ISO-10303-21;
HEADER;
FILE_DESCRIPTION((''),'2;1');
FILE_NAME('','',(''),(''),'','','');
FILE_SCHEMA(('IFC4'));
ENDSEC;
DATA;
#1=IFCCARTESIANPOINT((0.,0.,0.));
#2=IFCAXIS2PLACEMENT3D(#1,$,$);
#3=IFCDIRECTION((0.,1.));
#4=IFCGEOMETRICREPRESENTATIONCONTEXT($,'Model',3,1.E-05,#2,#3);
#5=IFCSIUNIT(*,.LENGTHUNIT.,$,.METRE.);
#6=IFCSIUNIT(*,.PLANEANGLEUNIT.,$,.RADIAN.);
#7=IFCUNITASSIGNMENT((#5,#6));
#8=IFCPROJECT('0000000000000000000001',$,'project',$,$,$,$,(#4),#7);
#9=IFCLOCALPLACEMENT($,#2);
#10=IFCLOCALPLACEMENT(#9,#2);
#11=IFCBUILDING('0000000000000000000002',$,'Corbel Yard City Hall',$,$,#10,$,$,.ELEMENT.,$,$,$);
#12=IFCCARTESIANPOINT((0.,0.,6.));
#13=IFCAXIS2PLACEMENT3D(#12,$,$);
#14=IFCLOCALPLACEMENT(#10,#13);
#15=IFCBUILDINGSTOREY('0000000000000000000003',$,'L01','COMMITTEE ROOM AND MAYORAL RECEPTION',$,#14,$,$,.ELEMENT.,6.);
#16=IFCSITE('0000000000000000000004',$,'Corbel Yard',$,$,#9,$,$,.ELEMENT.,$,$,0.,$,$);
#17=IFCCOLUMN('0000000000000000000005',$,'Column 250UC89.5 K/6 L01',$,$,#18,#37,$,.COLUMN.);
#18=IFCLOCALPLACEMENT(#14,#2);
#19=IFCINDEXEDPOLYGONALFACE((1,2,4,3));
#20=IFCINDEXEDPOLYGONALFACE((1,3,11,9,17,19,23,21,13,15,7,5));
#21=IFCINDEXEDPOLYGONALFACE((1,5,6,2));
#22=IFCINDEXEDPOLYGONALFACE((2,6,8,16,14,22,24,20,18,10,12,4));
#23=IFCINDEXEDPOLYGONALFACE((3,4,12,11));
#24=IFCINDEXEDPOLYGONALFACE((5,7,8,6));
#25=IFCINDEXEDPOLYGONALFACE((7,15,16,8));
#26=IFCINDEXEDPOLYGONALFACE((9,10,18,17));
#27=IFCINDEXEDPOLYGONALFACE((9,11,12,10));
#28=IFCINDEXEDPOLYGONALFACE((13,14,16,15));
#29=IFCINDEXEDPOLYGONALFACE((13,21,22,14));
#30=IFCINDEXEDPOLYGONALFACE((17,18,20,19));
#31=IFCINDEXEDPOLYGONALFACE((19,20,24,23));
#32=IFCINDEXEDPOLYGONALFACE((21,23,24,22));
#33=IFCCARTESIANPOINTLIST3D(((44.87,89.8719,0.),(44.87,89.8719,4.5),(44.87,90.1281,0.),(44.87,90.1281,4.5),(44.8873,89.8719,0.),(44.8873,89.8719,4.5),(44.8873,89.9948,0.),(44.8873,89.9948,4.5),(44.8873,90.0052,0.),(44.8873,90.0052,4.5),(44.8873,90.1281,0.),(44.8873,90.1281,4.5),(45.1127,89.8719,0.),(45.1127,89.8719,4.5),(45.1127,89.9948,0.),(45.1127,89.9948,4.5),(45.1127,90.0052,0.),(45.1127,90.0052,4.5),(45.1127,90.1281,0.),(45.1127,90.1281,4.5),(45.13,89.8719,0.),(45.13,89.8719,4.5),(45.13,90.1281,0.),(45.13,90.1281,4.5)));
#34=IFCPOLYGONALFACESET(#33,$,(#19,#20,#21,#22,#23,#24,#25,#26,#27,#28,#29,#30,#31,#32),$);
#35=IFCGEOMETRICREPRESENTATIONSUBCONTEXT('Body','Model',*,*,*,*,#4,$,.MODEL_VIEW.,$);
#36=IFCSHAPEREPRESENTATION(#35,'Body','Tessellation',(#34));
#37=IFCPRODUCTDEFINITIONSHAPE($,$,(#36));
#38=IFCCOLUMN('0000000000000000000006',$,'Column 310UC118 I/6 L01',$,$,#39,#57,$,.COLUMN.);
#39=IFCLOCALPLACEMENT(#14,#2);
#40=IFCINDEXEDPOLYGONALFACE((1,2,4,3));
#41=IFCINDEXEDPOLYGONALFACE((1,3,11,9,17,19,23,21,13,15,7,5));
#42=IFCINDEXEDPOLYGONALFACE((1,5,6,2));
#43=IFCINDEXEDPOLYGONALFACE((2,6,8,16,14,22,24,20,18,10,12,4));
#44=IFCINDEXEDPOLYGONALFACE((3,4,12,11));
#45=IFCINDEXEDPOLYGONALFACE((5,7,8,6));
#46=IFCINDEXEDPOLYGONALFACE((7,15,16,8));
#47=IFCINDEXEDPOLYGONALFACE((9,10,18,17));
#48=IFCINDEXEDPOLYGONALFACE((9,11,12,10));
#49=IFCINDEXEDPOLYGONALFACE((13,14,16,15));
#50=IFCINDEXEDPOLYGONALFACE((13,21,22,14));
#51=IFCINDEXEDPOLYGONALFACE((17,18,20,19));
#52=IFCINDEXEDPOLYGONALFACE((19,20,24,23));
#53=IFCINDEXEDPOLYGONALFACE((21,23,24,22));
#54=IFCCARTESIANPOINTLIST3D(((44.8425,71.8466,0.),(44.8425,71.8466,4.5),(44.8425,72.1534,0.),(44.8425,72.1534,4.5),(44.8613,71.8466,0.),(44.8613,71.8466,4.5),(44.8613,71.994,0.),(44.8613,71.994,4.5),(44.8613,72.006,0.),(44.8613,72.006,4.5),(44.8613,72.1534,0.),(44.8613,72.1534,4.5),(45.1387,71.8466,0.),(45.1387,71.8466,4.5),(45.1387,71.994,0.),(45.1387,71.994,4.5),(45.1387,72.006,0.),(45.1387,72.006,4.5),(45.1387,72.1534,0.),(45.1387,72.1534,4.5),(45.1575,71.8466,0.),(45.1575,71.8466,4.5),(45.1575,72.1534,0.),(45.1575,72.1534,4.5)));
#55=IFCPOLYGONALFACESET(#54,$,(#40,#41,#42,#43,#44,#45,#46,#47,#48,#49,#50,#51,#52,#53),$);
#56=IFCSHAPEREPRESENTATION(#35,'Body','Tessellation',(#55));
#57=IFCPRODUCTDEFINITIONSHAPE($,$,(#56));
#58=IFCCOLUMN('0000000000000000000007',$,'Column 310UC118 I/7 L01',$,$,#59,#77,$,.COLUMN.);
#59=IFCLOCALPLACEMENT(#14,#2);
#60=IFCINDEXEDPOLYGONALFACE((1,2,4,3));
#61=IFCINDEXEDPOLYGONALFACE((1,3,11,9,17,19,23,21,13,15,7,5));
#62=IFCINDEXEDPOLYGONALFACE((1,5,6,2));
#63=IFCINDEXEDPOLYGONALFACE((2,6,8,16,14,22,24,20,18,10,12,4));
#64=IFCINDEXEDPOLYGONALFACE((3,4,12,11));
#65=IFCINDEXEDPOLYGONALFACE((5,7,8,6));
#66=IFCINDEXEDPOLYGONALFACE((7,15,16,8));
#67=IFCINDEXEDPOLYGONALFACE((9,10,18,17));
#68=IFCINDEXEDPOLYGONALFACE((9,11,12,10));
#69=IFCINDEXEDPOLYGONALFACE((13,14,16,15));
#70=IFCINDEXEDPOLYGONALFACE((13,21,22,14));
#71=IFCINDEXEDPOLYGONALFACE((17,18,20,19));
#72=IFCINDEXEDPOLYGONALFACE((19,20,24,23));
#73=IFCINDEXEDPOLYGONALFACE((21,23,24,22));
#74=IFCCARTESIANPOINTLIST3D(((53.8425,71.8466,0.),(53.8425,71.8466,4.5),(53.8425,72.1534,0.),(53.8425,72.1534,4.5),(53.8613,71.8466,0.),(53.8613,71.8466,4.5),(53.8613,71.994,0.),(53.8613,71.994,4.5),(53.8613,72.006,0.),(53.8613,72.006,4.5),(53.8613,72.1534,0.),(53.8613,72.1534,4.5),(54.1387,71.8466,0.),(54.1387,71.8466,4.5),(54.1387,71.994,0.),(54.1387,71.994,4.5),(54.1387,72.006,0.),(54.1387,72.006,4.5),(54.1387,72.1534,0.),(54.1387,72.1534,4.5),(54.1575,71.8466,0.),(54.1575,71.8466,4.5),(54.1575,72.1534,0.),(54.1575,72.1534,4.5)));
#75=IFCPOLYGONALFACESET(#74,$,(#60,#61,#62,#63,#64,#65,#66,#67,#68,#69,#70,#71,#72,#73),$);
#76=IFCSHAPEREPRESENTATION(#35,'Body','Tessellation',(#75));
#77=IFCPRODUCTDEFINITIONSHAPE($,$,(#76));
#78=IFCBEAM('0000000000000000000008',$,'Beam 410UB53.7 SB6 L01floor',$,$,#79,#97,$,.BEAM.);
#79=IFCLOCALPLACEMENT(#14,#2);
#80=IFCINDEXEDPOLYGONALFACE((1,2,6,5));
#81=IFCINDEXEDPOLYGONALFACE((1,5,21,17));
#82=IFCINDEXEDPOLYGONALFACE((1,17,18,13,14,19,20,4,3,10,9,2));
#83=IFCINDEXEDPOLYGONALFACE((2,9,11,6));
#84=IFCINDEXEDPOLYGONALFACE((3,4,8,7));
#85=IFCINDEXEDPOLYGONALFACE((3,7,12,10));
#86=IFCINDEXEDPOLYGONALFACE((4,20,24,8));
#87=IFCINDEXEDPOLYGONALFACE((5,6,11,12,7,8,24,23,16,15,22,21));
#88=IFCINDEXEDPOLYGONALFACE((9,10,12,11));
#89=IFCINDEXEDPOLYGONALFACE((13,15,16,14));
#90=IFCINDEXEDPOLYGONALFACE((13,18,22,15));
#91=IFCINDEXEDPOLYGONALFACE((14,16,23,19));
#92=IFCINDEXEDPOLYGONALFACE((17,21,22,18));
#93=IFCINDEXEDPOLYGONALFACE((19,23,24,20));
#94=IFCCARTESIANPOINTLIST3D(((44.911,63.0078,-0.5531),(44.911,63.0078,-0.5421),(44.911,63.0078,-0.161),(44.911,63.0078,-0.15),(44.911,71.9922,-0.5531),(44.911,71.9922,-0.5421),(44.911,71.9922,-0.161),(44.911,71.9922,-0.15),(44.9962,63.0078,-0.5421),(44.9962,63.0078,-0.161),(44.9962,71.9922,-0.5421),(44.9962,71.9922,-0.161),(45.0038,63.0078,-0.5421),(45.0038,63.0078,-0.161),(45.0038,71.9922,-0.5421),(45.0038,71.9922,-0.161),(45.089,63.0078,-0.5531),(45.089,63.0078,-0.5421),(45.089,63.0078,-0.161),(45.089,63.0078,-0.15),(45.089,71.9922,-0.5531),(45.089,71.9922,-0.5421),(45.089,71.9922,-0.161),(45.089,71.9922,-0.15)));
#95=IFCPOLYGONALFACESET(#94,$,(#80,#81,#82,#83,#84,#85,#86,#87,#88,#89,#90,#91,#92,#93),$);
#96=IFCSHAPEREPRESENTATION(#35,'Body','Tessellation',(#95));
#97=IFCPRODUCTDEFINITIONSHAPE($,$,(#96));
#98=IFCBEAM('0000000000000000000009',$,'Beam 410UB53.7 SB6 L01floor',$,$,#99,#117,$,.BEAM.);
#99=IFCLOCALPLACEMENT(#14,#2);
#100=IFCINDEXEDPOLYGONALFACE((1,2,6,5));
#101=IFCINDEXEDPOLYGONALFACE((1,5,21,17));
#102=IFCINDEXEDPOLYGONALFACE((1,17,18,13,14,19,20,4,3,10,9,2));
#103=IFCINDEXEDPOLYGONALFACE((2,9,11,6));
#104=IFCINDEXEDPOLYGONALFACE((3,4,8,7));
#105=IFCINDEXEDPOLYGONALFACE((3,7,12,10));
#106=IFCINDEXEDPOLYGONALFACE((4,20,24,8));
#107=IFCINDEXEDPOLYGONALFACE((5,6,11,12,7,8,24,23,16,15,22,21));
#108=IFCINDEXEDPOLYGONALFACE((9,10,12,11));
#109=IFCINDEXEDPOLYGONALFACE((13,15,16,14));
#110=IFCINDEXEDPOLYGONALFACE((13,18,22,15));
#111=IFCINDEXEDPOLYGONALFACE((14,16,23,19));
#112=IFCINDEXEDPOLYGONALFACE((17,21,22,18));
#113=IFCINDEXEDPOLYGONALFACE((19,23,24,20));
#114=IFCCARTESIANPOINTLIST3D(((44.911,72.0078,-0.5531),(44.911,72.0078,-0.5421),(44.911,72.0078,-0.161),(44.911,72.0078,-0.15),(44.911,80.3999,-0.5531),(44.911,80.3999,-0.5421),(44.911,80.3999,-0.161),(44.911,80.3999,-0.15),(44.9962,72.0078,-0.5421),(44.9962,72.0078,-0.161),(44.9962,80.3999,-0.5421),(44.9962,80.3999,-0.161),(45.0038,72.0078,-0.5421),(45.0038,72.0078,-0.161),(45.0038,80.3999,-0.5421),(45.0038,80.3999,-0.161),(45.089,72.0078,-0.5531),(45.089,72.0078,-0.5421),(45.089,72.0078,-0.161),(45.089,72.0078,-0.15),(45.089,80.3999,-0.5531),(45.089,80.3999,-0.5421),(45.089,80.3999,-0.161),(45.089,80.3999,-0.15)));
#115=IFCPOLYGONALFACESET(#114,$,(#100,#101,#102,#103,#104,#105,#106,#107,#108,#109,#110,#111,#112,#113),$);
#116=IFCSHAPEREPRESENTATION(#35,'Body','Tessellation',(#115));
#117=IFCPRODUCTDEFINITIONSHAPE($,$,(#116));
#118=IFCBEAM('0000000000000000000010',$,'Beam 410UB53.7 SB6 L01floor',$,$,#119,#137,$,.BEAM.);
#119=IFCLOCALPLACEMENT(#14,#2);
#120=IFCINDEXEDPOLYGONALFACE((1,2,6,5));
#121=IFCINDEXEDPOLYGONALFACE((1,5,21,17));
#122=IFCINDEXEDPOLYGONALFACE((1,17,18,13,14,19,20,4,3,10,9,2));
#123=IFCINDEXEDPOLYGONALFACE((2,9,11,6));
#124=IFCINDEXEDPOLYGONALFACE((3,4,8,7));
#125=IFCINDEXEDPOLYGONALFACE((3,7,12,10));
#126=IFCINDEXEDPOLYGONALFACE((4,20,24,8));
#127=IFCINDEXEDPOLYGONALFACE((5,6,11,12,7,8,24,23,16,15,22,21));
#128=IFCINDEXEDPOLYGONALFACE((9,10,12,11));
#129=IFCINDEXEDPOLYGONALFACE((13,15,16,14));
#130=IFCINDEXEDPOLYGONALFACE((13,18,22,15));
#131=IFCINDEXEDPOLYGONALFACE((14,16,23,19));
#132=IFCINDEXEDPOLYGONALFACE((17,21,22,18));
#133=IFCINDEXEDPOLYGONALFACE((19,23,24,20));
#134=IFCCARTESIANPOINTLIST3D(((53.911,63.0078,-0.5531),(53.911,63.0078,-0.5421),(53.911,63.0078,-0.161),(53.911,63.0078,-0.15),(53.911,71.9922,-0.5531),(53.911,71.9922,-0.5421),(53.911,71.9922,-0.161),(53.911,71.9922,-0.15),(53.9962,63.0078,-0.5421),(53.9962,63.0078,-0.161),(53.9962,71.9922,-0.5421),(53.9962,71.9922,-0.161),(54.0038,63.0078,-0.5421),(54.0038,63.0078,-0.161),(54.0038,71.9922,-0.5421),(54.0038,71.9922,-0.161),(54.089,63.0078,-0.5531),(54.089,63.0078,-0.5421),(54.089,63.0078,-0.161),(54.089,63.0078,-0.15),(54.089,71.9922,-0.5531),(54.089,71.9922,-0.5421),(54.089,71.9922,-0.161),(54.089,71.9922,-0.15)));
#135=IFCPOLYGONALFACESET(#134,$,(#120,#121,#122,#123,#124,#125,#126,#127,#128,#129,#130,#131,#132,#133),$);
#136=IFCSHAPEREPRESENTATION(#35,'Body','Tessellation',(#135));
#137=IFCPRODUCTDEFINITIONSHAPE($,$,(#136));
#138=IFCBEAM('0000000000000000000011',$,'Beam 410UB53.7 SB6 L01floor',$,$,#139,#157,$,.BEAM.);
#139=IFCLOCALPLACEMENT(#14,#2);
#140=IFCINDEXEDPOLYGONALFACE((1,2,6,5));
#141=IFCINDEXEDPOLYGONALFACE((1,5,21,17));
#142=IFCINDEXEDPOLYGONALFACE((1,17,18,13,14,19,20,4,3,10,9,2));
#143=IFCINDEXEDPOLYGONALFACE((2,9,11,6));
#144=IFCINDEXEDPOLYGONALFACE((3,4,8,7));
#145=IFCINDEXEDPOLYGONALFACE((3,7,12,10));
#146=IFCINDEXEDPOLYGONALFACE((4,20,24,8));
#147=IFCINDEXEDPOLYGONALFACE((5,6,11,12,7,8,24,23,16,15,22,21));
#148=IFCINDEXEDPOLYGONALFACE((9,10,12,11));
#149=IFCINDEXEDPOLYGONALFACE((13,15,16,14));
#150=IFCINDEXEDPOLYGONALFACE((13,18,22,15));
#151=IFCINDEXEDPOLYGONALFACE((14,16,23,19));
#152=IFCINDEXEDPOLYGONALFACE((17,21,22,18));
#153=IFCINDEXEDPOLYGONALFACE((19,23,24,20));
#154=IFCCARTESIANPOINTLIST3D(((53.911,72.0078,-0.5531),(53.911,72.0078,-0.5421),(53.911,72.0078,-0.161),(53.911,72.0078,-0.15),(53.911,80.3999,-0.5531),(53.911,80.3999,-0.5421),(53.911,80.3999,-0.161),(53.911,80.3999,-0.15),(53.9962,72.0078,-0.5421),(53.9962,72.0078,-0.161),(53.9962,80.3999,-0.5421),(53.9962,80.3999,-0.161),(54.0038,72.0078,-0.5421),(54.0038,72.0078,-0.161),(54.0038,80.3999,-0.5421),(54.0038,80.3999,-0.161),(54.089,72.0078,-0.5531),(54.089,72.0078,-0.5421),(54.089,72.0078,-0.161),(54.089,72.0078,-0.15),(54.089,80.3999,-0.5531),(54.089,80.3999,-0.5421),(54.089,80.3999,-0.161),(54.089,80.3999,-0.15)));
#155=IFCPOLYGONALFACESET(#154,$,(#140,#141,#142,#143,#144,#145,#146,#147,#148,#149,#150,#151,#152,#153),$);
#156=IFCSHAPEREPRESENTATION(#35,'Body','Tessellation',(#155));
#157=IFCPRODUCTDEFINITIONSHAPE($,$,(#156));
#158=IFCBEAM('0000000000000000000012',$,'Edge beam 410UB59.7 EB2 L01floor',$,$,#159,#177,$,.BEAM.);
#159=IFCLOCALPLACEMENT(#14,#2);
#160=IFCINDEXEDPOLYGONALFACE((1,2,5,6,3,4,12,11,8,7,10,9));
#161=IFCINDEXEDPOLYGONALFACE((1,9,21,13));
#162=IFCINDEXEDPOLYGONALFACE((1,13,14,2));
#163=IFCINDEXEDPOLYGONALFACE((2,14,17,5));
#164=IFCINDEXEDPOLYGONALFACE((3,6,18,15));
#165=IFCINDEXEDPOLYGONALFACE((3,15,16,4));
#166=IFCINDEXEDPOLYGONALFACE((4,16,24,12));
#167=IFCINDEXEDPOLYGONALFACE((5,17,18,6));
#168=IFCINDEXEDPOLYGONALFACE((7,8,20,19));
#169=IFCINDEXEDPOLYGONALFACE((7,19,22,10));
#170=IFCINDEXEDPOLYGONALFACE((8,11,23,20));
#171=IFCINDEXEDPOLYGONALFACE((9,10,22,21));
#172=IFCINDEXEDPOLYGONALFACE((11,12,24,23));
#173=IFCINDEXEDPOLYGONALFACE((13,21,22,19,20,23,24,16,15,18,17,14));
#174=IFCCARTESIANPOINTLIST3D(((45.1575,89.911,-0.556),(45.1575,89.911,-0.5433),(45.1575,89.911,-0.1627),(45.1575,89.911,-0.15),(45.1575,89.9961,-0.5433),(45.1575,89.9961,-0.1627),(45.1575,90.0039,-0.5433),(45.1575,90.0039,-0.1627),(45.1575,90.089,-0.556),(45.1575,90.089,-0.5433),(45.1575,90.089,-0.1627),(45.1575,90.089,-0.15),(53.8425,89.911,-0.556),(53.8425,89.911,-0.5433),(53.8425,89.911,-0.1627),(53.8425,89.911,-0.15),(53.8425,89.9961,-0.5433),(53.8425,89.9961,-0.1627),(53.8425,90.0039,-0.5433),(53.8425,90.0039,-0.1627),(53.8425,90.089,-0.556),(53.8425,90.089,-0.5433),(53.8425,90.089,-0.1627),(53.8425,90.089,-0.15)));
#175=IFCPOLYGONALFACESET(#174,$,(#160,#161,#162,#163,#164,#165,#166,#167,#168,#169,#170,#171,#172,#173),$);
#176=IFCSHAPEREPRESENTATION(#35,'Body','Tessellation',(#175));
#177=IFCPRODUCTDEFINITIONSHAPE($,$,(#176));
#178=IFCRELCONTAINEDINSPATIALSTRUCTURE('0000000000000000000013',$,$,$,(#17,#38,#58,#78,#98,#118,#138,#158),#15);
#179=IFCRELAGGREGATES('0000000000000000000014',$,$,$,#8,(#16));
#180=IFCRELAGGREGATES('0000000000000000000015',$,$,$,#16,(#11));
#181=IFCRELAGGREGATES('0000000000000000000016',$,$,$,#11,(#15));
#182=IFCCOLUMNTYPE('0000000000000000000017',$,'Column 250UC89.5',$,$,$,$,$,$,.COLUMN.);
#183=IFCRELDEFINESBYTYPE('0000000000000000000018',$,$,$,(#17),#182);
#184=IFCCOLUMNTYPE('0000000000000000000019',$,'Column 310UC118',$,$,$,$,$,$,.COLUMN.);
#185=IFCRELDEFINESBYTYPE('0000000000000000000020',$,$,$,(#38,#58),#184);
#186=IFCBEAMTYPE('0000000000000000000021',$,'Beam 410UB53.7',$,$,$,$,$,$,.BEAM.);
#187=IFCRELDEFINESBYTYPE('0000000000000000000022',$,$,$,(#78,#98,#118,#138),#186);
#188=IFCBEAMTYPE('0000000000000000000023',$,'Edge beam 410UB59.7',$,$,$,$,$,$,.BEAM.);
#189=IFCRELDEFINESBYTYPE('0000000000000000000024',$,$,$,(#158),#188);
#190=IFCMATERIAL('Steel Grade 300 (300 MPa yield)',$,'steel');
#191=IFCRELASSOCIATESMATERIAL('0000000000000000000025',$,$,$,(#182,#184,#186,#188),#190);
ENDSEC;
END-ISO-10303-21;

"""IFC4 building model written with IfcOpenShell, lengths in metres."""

from ifc_helpers import new_model, si_unit, direction, frame, origin, origin_2d, place, context, subcontext, project, spatial, i_section, extrude, material, material_profile, profile_set, type_object, element, save


model = new_model("IFC4")

# Units and contexts
model_context = context("Model", 3, precision=1e-05, world=origin(), true_north=direction((0.0, 1.0)))
body_context = subcontext(model_context, "Body", "Model", "MODEL_VIEW")
ifc_project = project(units=[si_unit("LENGTHUNIT", "METRE"), si_unit("PLANEANGLEUNIT", "RADIAN")], contexts=[model_context])

# Site, building, storey
site_placement = place(None, origin())
site = spatial("IfcSite", under=ifc_project, at=site_placement, Name="Corbel Yard", CompositionType="ELEMENT", RefElevation=0.0)
building_placement = place(site_placement, origin())
building = spatial("IfcBuilding", under=site, at=building_placement, Name="Corbel Yard City Hall", CompositionType="ELEMENT")
storey_placement = place(building_placement, frame((0.0, 0.0, 6.0)))
storey = spatial("IfcBuildingStorey", under=building, at=storey_placement, Name="L01", Description="COMMITTEE ROOM AND MAYORAL RECEPTION", CompositionType="ELEMENT", Elevation=6.0)

# Columns
ifc_material_1 = material(Name="Steel Grade 300 (300 MPa yield)", Category="steel")
ifc_material_profile_1 = material_profile(ifc_material_1, i_section(OverallWidth=0.2561, OverallDepth=0.26, WebThickness=0.0105, FlangeThickness=0.0173, at=origin_2d()), Name="250UC89.5")
ifc_profile_set_1 = profile_set([ifc_material_profile_1], Name="Steel Grade 300 (300 MPa yield)")
column_type_1 = type_object("IfcColumnType", Name="Column 250UC89.5", PredefinedType="COLUMN", material=ifc_profile_set_1)
column_placement = place(storey_placement, frame((45.0, 90.0, 0.0), z_axis=(0.0, 0.0, 1.0), x_axis=(0.0, 1.0, 0.0)))
element("IfcColumn", 1, at=column_placement, inside=storey, type_object=column_type_1, Name="Column 250UC89.5 K/6 L01", PredefinedType="COLUMN", context=body_context, shape_type="SweptSolid", body=[
    extrude(i_section(OverallWidth=0.2561, OverallDepth=0.26, WebThickness=0.0105, FlangeThickness=0.0173, at=origin_2d()), origin(), (0.0, 0.0, 1.0), 4.5),
])
ifc_material_profile_2 = material_profile(ifc_material_1, i_section(OverallWidth=0.3069, OverallDepth=0.3149, WebThickness=0.012, FlangeThickness=0.0188, at=origin_2d()), Name="310UC118")
ifc_profile_set_2 = profile_set([ifc_material_profile_2], Name="Steel Grade 300 (300 MPa yield)")
column_type_2 = type_object("IfcColumnType", Name="Column 310UC118", PredefinedType="COLUMN", material=ifc_profile_set_2)
for number, where, z_axis, x_axis, name in (
    (2, (45.0, 72.0, 0.0), (0.0, 0.0, 1.0), (0.0, 1.0, 0.0), "Column 310UC118 I/6 L01"),
    (3, (54.0, 72.0, 0.0), (0.0, 0.0, 1.0), (0.0, 1.0, 0.0), "Column 310UC118 I/7 L01"),
):
    element("IfcColumn", number, at=place(storey_placement, frame(where, z_axis=z_axis, x_axis=x_axis)), inside=storey, type_object=column_type_2, Name=name, PredefinedType="COLUMN", context=body_context, shape_type="SweptSolid", body=[
        extrude(i_section(OverallWidth=0.3069, OverallDepth=0.3149, WebThickness=0.012, FlangeThickness=0.0188, at=origin_2d()), origin(), (0.0, 0.0, 1.0), 4.5),
    ])

# Beams
ifc_material_profile_3 = material_profile(ifc_material_1, i_section(OverallWidth=0.178, OverallDepth=0.4031, WebThickness=0.0076, FlangeThickness=0.011, at=origin_2d()), Name="410UB53.7")
ifc_profile_set_3 = profile_set([ifc_material_profile_3], Name="Steel Grade 300 (300 MPa yield)")
beam_type_1 = type_object("IfcBeamType", Name="Beam 410UB53.7", PredefinedType="BEAM", material=ifc_profile_set_3)
beam_1_placement = place(storey_placement, frame((45.0, 63.0078, -0.3516), z_axis=(0.0, 1.0, 0.0), x_axis=(-1.0, 0.0, 0.0)))
element("IfcBeam", 4, at=beam_1_placement, inside=storey, type_object=beam_type_1, Name="Beam 410UB53.7 SB6 L01floor", PredefinedType="BEAM", context=body_context, shape_type="SweptSolid", body=[
    extrude(i_section(OverallWidth=0.178, OverallDepth=0.4031, WebThickness=0.0076, FlangeThickness=0.011, at=origin_2d()), origin(), (0.0, 0.0, 1.0), 8.9844),
])
beam_2_placement = place(storey_placement, frame((45.0, 72.0078, -0.3516), z_axis=(0.0, 1.0, 0.0), x_axis=(-1.0, 0.0, 0.0)))
element("IfcBeam", 5, at=beam_2_placement, inside=storey, type_object=beam_type_1, Name="Beam 410UB53.7 SB6 L01floor", PredefinedType="BEAM", context=body_context, shape_type="SweptSolid", body=[
    extrude(i_section(OverallWidth=0.178, OverallDepth=0.4031, WebThickness=0.0076, FlangeThickness=0.011, at=origin_2d()), origin(), (0.0, 0.0, 1.0), 8.3921),
])
beam_3_placement = place(storey_placement, frame((54.0, 63.0078, -0.3516), z_axis=(0.0, 1.0, 0.0), x_axis=(-1.0, 0.0, 0.0)))
element("IfcBeam", 6, at=beam_3_placement, inside=storey, type_object=beam_type_1, Name="Beam 410UB53.7 SB6 L01floor", PredefinedType="BEAM", context=body_context, shape_type="SweptSolid", body=[
    extrude(i_section(OverallWidth=0.178, OverallDepth=0.4031, WebThickness=0.0076, FlangeThickness=0.011, at=origin_2d()), origin(), (0.0, 0.0, 1.0), 8.9844),
])
beam_4_placement = place(storey_placement, frame((54.0, 72.0078, -0.3516), z_axis=(0.0, 1.0, 0.0), x_axis=(-1.0, 0.0, 0.0)))
element("IfcBeam", 7, at=beam_4_placement, inside=storey, type_object=beam_type_1, Name="Beam 410UB53.7 SB6 L01floor", PredefinedType="BEAM", context=body_context, shape_type="SweptSolid", body=[
    extrude(i_section(OverallWidth=0.178, OverallDepth=0.4031, WebThickness=0.0076, FlangeThickness=0.011, at=origin_2d()), origin(), (0.0, 0.0, 1.0), 8.3921),
])
ifc_material_profile_4 = material_profile(ifc_material_1, i_section(OverallWidth=0.178, OverallDepth=0.406, WebThickness=0.0078, FlangeThickness=0.0127, at=origin_2d()), Name="410UB59.7")
ifc_profile_set_4 = profile_set([ifc_material_profile_4], Name="Steel Grade 300 (300 MPa yield)")
beam_type_2 = type_object("IfcBeamType", Name="Edge beam 410UB59.7", PredefinedType="BEAM", material=ifc_profile_set_4)
beam_5_placement = place(storey_placement, frame((45.1575, 90.0, -0.353), z_axis=(1.0, 0.0, 0.0), x_axis=(0.0, 1.0, 0.0)))
element("IfcBeam", 8, at=beam_5_placement, inside=storey, type_object=beam_type_2, Name="Edge beam 410UB59.7 EB2 L01floor", PredefinedType="BEAM", context=body_context, shape_type="SweptSolid", body=[
    extrude(i_section(OverallWidth=0.178, OverallDepth=0.406, WebThickness=0.0078, FlangeThickness=0.0127, at=origin_2d()), origin(), (0.0, 0.0, 1.0), 8.6851),
])

save(model, "model.ifc")
